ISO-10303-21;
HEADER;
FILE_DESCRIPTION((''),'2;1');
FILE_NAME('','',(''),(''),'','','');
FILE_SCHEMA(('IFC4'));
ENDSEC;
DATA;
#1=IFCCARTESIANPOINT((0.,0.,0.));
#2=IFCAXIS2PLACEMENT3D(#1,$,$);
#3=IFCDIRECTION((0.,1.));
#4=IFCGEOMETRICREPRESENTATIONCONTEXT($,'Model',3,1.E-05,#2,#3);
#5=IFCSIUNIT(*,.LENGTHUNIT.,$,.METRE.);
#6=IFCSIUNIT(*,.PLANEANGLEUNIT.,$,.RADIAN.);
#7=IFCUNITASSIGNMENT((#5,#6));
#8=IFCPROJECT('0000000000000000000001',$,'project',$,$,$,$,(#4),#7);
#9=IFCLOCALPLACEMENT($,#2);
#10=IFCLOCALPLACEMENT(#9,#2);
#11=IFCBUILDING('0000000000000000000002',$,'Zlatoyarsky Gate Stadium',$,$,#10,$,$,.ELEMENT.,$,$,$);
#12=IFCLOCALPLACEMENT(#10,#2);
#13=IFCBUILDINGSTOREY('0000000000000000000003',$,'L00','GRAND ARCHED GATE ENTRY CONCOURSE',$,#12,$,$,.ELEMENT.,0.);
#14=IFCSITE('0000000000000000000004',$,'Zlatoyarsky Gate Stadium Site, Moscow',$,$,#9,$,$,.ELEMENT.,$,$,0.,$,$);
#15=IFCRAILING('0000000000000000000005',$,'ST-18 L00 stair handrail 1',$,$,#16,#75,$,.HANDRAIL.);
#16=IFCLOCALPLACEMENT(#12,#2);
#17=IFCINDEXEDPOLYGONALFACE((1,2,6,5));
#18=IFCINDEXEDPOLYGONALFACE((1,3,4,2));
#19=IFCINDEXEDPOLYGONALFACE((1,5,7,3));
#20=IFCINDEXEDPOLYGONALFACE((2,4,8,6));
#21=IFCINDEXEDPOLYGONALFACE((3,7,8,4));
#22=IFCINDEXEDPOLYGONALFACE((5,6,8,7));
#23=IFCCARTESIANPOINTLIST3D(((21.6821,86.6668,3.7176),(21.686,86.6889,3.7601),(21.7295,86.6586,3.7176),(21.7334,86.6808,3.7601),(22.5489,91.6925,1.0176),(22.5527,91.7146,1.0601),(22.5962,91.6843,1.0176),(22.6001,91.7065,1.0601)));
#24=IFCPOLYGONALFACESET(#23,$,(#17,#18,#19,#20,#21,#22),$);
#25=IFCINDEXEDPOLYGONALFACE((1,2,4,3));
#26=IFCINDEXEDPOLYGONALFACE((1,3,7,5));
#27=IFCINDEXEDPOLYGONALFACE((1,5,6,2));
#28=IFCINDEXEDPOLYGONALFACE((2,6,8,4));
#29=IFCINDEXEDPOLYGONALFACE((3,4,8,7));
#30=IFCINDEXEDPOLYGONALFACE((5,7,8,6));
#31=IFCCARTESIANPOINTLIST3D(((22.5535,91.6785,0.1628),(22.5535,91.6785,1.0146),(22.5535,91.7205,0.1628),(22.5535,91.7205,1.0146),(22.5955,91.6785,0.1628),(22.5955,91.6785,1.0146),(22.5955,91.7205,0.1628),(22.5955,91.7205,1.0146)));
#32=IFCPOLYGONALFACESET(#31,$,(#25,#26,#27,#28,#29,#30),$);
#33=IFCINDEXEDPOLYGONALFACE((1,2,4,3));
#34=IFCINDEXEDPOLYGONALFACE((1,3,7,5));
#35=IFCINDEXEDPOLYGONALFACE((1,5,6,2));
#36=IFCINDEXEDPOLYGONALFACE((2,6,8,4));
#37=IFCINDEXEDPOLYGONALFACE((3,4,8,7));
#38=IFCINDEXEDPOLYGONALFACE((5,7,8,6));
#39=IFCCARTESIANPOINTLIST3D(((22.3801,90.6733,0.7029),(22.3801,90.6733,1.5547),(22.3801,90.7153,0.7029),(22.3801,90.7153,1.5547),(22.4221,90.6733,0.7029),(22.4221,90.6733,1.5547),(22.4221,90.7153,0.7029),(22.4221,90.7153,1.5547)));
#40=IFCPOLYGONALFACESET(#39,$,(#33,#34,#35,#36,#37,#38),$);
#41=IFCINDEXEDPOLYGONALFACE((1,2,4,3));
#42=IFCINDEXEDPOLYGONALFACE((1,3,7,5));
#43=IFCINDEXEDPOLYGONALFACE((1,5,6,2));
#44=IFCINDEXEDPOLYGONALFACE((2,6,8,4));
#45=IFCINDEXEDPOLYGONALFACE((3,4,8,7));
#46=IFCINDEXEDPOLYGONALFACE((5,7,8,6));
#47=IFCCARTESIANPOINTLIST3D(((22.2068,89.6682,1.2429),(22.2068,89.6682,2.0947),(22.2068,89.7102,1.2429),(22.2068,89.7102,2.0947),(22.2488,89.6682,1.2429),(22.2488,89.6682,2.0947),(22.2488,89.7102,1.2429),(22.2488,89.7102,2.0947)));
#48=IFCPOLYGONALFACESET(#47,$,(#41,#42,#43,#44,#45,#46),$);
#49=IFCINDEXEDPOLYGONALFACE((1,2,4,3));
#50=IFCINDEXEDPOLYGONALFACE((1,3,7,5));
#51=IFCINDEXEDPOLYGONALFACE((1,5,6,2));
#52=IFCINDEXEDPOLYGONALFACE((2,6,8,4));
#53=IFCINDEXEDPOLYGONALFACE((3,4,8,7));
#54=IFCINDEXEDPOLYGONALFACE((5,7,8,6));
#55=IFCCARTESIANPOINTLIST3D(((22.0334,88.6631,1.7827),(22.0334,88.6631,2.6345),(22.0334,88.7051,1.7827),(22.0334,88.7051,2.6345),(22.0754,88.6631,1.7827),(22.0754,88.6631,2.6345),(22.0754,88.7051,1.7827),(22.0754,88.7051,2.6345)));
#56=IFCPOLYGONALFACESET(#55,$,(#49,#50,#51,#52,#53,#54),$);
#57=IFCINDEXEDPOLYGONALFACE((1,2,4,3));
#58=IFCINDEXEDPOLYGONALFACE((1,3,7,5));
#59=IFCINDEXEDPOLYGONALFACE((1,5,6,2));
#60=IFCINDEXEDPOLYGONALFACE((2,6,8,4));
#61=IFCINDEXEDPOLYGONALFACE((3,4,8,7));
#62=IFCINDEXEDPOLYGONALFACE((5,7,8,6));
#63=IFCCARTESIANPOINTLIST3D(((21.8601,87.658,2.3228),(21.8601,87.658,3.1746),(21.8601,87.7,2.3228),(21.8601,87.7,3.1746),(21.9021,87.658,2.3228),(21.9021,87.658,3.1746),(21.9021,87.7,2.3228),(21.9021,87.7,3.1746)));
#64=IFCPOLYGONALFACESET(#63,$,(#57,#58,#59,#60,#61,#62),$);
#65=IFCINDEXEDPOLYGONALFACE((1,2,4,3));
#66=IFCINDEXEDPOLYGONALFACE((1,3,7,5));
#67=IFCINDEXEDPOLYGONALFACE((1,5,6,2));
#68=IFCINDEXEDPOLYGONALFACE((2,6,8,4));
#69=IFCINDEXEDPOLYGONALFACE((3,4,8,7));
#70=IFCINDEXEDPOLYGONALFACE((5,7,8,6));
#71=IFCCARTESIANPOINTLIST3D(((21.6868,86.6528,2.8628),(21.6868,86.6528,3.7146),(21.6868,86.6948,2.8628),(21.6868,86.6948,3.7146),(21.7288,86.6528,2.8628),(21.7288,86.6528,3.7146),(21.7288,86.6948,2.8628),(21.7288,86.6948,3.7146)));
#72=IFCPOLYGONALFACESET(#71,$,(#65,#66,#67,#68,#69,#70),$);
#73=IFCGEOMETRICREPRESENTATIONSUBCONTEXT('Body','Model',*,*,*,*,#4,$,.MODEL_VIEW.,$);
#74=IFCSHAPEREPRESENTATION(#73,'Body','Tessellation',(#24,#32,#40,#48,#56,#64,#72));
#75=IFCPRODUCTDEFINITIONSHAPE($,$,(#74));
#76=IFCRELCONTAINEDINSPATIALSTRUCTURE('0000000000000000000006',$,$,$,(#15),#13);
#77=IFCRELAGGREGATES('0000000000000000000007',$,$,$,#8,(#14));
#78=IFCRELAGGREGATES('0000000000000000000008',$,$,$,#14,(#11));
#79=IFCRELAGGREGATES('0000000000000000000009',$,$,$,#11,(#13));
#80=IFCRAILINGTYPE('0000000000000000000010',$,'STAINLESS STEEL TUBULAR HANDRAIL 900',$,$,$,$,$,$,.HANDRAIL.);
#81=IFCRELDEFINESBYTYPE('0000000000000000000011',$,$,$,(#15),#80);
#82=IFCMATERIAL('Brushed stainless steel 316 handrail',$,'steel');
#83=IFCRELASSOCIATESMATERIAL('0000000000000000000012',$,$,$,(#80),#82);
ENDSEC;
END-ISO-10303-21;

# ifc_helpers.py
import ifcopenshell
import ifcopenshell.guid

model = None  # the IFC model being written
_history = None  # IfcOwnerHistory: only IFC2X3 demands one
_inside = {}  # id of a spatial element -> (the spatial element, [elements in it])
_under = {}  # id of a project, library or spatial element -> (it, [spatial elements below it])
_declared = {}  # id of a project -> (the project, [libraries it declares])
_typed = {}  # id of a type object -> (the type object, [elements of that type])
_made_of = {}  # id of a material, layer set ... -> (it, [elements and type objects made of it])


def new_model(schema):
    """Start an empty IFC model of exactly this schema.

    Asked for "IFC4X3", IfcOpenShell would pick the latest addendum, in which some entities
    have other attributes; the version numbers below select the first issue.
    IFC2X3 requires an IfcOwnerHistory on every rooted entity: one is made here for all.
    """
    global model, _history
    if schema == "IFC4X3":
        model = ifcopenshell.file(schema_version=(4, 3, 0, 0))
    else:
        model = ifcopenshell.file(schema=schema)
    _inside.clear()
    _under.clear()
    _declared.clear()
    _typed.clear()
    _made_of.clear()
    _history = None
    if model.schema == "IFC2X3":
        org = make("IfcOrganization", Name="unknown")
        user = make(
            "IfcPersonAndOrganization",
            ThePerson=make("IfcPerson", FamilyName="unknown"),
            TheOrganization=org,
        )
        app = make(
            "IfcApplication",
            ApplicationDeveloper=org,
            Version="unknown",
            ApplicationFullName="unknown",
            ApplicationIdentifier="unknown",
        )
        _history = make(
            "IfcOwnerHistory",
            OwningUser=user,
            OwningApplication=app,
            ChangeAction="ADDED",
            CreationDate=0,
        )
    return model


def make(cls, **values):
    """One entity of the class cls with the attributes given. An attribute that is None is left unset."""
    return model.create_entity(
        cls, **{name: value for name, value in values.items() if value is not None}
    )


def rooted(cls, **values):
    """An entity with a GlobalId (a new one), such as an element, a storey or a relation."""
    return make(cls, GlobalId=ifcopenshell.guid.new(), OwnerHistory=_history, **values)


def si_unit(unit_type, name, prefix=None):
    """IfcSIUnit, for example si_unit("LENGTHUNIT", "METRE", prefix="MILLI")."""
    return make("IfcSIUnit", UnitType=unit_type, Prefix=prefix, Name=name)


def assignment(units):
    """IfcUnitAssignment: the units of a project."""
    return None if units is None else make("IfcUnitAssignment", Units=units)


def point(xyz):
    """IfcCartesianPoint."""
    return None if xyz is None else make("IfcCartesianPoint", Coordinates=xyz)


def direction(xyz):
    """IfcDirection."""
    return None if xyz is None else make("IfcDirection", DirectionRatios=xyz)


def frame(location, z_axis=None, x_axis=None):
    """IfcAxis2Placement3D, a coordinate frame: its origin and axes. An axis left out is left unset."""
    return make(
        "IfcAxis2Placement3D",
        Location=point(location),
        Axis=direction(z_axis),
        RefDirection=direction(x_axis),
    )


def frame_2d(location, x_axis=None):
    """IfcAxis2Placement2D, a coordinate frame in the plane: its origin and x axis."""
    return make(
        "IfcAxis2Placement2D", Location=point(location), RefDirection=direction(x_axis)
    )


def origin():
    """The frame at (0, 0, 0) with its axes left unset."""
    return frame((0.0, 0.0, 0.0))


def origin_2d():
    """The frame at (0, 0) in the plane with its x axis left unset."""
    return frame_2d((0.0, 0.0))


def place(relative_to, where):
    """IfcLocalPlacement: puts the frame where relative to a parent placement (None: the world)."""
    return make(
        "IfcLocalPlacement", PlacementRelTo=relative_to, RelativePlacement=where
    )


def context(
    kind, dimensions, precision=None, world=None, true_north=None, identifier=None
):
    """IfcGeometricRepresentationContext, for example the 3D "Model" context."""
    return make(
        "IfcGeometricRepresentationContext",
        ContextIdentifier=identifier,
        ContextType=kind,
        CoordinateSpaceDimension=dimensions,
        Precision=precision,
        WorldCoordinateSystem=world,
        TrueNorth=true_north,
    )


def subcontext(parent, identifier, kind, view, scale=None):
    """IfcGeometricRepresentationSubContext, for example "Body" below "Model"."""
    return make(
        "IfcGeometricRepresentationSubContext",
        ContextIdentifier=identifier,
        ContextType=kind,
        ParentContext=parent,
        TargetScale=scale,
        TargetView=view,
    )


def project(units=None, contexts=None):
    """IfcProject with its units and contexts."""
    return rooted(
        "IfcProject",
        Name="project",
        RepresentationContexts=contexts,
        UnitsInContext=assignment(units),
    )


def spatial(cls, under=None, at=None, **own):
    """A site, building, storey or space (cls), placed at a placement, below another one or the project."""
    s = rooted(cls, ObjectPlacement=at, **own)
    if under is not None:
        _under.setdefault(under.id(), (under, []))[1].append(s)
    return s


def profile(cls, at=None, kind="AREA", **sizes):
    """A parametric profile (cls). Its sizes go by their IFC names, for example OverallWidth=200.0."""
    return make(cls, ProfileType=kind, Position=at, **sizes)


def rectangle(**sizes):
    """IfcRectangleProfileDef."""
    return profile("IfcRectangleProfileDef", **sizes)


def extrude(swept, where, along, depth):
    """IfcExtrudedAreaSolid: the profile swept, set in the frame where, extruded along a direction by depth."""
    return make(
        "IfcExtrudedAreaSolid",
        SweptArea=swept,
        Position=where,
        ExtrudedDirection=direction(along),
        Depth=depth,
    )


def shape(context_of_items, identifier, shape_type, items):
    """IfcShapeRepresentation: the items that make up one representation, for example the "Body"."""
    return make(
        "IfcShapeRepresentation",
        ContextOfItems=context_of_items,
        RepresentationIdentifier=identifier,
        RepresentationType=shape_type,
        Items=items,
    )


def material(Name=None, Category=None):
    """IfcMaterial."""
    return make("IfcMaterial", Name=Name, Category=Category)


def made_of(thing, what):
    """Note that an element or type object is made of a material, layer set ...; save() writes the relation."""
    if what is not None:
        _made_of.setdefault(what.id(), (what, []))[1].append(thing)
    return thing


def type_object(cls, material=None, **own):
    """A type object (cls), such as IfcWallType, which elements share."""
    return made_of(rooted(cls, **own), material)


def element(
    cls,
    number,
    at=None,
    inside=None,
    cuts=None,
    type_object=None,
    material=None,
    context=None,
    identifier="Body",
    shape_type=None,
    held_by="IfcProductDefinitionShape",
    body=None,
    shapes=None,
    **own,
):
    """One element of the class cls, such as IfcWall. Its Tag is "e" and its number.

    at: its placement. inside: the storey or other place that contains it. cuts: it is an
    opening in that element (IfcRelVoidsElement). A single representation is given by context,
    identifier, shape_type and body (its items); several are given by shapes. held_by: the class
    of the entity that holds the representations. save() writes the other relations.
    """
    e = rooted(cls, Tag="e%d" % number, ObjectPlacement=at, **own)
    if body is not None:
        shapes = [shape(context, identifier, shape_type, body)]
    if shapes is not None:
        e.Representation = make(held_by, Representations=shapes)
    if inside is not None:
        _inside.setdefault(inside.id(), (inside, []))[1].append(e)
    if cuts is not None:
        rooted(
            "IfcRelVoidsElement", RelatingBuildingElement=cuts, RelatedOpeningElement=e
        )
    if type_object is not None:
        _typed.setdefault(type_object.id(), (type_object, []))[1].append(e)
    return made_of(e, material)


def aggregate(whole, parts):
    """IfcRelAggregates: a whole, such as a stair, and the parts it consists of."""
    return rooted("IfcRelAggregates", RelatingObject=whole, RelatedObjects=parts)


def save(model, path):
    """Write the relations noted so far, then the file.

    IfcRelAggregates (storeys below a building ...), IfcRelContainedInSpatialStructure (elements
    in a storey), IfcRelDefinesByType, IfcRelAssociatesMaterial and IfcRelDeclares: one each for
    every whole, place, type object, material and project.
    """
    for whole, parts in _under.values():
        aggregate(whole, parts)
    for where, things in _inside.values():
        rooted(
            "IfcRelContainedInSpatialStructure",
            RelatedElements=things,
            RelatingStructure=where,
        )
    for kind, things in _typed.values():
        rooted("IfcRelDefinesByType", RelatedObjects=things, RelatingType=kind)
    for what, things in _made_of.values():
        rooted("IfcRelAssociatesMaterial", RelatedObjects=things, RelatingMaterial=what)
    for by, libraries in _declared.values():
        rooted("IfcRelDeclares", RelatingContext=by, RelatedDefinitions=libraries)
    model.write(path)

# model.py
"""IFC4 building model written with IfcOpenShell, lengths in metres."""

from ifc_helpers import new_model, si_unit, direction, frame, origin, origin_2d, place, context, subcontext, project, spatial, rectangle, extrude, material, type_object, element, save


model = new_model("IFC4")

# Units and contexts
model_context = context("Model", 3, precision=1e-05, world=origin(), true_north=direction((0.0, 1.0)))
body_context = subcontext(model_context, "Body", "Model", "MODEL_VIEW")
ifc_project = project(units=[si_unit("LENGTHUNIT", "METRE"), si_unit("PLANEANGLEUNIT", "RADIAN")], contexts=[model_context])

# Site, building, storey
site_placement = place(None, origin())
site = spatial("IfcSite", under=ifc_project, at=site_placement, Name="Zlatoyarsky Gate Stadium Site, Moscow", CompositionType="ELEMENT", RefElevation=0.0)
building_placement = place(site_placement, origin())
building = spatial("IfcBuilding", under=site, at=building_placement, Name="Zlatoyarsky Gate Stadium", CompositionType="ELEMENT")
storey_placement = place(building_placement, origin())
storey = spatial("IfcBuildingStorey", under=building, at=storey_placement, Name="L00", Description="GRAND ARCHED GATE ENTRY CONCOURSE", CompositionType="ELEMENT", Elevation=0.0)

# Railing
ifc_material_1 = material(Name="Brushed stainless steel 316 handrail", Category="steel")
railing_type = type_object("IfcRailingType", Name="STAINLESS STEEL TUBULAR HANDRAIL 900", PredefinedType="HANDRAIL", material=ifc_material_1)
railing_placement = place(storey_placement, frame((22.5745, 91.6995, 0.1628)))
element("IfcRailing", 1, at=railing_placement, inside=storey, type_object=railing_type, Name="ST-18 L00 stair handrail 1", PredefinedType="HANDRAIL", context=body_context, shape_type="SweptSolid", body=[
    extrude(rectangle(XDim=0.0481, YDim=0.0481, at=origin_2d()), frame((0.0, 0.0, 0.876), z_axis=(-0.150197, -0.870928, 0.467894), x_axis=(0.985453, -0.169947, 0.0)), (0.0, 0.0, 1.0), 5.7705),
    extrude(rectangle(XDim=0.042, YDim=0.042, at=origin_2d()), origin(), (0.0, 0.0, 1.0), 0.8518),
    extrude(rectangle(XDim=0.042, YDim=0.042, at=origin_2d()), frame((-0.1733, -1.0051, 0.54)), (0.0, 0.0, 1.0), 0.8518),
    extrude(rectangle(XDim=0.042, YDim=0.042, at=origin_2d()), frame((-0.3467, -2.0103, 1.0801)), (0.0, 0.0, 1.0), 0.8518),
    extrude(rectangle(XDim=0.042, YDim=0.042, at=origin_2d()), frame((-0.52, -3.0154, 1.6199)), (0.0, 0.0, 1.0), 0.8518),
    extrude(rectangle(XDim=0.042, YDim=0.042, at=origin_2d()), frame((-0.6934, -4.0205, 2.1599)), (0.0, 0.0, 1.0), 0.8518),
    extrude(rectangle(XDim=0.042, YDim=0.042, at=origin_2d()), frame((-0.8667, -5.0256, 2.7)), (0.0, 0.0, 1.0), 0.8518),
])

save(model, "model.ifc")
